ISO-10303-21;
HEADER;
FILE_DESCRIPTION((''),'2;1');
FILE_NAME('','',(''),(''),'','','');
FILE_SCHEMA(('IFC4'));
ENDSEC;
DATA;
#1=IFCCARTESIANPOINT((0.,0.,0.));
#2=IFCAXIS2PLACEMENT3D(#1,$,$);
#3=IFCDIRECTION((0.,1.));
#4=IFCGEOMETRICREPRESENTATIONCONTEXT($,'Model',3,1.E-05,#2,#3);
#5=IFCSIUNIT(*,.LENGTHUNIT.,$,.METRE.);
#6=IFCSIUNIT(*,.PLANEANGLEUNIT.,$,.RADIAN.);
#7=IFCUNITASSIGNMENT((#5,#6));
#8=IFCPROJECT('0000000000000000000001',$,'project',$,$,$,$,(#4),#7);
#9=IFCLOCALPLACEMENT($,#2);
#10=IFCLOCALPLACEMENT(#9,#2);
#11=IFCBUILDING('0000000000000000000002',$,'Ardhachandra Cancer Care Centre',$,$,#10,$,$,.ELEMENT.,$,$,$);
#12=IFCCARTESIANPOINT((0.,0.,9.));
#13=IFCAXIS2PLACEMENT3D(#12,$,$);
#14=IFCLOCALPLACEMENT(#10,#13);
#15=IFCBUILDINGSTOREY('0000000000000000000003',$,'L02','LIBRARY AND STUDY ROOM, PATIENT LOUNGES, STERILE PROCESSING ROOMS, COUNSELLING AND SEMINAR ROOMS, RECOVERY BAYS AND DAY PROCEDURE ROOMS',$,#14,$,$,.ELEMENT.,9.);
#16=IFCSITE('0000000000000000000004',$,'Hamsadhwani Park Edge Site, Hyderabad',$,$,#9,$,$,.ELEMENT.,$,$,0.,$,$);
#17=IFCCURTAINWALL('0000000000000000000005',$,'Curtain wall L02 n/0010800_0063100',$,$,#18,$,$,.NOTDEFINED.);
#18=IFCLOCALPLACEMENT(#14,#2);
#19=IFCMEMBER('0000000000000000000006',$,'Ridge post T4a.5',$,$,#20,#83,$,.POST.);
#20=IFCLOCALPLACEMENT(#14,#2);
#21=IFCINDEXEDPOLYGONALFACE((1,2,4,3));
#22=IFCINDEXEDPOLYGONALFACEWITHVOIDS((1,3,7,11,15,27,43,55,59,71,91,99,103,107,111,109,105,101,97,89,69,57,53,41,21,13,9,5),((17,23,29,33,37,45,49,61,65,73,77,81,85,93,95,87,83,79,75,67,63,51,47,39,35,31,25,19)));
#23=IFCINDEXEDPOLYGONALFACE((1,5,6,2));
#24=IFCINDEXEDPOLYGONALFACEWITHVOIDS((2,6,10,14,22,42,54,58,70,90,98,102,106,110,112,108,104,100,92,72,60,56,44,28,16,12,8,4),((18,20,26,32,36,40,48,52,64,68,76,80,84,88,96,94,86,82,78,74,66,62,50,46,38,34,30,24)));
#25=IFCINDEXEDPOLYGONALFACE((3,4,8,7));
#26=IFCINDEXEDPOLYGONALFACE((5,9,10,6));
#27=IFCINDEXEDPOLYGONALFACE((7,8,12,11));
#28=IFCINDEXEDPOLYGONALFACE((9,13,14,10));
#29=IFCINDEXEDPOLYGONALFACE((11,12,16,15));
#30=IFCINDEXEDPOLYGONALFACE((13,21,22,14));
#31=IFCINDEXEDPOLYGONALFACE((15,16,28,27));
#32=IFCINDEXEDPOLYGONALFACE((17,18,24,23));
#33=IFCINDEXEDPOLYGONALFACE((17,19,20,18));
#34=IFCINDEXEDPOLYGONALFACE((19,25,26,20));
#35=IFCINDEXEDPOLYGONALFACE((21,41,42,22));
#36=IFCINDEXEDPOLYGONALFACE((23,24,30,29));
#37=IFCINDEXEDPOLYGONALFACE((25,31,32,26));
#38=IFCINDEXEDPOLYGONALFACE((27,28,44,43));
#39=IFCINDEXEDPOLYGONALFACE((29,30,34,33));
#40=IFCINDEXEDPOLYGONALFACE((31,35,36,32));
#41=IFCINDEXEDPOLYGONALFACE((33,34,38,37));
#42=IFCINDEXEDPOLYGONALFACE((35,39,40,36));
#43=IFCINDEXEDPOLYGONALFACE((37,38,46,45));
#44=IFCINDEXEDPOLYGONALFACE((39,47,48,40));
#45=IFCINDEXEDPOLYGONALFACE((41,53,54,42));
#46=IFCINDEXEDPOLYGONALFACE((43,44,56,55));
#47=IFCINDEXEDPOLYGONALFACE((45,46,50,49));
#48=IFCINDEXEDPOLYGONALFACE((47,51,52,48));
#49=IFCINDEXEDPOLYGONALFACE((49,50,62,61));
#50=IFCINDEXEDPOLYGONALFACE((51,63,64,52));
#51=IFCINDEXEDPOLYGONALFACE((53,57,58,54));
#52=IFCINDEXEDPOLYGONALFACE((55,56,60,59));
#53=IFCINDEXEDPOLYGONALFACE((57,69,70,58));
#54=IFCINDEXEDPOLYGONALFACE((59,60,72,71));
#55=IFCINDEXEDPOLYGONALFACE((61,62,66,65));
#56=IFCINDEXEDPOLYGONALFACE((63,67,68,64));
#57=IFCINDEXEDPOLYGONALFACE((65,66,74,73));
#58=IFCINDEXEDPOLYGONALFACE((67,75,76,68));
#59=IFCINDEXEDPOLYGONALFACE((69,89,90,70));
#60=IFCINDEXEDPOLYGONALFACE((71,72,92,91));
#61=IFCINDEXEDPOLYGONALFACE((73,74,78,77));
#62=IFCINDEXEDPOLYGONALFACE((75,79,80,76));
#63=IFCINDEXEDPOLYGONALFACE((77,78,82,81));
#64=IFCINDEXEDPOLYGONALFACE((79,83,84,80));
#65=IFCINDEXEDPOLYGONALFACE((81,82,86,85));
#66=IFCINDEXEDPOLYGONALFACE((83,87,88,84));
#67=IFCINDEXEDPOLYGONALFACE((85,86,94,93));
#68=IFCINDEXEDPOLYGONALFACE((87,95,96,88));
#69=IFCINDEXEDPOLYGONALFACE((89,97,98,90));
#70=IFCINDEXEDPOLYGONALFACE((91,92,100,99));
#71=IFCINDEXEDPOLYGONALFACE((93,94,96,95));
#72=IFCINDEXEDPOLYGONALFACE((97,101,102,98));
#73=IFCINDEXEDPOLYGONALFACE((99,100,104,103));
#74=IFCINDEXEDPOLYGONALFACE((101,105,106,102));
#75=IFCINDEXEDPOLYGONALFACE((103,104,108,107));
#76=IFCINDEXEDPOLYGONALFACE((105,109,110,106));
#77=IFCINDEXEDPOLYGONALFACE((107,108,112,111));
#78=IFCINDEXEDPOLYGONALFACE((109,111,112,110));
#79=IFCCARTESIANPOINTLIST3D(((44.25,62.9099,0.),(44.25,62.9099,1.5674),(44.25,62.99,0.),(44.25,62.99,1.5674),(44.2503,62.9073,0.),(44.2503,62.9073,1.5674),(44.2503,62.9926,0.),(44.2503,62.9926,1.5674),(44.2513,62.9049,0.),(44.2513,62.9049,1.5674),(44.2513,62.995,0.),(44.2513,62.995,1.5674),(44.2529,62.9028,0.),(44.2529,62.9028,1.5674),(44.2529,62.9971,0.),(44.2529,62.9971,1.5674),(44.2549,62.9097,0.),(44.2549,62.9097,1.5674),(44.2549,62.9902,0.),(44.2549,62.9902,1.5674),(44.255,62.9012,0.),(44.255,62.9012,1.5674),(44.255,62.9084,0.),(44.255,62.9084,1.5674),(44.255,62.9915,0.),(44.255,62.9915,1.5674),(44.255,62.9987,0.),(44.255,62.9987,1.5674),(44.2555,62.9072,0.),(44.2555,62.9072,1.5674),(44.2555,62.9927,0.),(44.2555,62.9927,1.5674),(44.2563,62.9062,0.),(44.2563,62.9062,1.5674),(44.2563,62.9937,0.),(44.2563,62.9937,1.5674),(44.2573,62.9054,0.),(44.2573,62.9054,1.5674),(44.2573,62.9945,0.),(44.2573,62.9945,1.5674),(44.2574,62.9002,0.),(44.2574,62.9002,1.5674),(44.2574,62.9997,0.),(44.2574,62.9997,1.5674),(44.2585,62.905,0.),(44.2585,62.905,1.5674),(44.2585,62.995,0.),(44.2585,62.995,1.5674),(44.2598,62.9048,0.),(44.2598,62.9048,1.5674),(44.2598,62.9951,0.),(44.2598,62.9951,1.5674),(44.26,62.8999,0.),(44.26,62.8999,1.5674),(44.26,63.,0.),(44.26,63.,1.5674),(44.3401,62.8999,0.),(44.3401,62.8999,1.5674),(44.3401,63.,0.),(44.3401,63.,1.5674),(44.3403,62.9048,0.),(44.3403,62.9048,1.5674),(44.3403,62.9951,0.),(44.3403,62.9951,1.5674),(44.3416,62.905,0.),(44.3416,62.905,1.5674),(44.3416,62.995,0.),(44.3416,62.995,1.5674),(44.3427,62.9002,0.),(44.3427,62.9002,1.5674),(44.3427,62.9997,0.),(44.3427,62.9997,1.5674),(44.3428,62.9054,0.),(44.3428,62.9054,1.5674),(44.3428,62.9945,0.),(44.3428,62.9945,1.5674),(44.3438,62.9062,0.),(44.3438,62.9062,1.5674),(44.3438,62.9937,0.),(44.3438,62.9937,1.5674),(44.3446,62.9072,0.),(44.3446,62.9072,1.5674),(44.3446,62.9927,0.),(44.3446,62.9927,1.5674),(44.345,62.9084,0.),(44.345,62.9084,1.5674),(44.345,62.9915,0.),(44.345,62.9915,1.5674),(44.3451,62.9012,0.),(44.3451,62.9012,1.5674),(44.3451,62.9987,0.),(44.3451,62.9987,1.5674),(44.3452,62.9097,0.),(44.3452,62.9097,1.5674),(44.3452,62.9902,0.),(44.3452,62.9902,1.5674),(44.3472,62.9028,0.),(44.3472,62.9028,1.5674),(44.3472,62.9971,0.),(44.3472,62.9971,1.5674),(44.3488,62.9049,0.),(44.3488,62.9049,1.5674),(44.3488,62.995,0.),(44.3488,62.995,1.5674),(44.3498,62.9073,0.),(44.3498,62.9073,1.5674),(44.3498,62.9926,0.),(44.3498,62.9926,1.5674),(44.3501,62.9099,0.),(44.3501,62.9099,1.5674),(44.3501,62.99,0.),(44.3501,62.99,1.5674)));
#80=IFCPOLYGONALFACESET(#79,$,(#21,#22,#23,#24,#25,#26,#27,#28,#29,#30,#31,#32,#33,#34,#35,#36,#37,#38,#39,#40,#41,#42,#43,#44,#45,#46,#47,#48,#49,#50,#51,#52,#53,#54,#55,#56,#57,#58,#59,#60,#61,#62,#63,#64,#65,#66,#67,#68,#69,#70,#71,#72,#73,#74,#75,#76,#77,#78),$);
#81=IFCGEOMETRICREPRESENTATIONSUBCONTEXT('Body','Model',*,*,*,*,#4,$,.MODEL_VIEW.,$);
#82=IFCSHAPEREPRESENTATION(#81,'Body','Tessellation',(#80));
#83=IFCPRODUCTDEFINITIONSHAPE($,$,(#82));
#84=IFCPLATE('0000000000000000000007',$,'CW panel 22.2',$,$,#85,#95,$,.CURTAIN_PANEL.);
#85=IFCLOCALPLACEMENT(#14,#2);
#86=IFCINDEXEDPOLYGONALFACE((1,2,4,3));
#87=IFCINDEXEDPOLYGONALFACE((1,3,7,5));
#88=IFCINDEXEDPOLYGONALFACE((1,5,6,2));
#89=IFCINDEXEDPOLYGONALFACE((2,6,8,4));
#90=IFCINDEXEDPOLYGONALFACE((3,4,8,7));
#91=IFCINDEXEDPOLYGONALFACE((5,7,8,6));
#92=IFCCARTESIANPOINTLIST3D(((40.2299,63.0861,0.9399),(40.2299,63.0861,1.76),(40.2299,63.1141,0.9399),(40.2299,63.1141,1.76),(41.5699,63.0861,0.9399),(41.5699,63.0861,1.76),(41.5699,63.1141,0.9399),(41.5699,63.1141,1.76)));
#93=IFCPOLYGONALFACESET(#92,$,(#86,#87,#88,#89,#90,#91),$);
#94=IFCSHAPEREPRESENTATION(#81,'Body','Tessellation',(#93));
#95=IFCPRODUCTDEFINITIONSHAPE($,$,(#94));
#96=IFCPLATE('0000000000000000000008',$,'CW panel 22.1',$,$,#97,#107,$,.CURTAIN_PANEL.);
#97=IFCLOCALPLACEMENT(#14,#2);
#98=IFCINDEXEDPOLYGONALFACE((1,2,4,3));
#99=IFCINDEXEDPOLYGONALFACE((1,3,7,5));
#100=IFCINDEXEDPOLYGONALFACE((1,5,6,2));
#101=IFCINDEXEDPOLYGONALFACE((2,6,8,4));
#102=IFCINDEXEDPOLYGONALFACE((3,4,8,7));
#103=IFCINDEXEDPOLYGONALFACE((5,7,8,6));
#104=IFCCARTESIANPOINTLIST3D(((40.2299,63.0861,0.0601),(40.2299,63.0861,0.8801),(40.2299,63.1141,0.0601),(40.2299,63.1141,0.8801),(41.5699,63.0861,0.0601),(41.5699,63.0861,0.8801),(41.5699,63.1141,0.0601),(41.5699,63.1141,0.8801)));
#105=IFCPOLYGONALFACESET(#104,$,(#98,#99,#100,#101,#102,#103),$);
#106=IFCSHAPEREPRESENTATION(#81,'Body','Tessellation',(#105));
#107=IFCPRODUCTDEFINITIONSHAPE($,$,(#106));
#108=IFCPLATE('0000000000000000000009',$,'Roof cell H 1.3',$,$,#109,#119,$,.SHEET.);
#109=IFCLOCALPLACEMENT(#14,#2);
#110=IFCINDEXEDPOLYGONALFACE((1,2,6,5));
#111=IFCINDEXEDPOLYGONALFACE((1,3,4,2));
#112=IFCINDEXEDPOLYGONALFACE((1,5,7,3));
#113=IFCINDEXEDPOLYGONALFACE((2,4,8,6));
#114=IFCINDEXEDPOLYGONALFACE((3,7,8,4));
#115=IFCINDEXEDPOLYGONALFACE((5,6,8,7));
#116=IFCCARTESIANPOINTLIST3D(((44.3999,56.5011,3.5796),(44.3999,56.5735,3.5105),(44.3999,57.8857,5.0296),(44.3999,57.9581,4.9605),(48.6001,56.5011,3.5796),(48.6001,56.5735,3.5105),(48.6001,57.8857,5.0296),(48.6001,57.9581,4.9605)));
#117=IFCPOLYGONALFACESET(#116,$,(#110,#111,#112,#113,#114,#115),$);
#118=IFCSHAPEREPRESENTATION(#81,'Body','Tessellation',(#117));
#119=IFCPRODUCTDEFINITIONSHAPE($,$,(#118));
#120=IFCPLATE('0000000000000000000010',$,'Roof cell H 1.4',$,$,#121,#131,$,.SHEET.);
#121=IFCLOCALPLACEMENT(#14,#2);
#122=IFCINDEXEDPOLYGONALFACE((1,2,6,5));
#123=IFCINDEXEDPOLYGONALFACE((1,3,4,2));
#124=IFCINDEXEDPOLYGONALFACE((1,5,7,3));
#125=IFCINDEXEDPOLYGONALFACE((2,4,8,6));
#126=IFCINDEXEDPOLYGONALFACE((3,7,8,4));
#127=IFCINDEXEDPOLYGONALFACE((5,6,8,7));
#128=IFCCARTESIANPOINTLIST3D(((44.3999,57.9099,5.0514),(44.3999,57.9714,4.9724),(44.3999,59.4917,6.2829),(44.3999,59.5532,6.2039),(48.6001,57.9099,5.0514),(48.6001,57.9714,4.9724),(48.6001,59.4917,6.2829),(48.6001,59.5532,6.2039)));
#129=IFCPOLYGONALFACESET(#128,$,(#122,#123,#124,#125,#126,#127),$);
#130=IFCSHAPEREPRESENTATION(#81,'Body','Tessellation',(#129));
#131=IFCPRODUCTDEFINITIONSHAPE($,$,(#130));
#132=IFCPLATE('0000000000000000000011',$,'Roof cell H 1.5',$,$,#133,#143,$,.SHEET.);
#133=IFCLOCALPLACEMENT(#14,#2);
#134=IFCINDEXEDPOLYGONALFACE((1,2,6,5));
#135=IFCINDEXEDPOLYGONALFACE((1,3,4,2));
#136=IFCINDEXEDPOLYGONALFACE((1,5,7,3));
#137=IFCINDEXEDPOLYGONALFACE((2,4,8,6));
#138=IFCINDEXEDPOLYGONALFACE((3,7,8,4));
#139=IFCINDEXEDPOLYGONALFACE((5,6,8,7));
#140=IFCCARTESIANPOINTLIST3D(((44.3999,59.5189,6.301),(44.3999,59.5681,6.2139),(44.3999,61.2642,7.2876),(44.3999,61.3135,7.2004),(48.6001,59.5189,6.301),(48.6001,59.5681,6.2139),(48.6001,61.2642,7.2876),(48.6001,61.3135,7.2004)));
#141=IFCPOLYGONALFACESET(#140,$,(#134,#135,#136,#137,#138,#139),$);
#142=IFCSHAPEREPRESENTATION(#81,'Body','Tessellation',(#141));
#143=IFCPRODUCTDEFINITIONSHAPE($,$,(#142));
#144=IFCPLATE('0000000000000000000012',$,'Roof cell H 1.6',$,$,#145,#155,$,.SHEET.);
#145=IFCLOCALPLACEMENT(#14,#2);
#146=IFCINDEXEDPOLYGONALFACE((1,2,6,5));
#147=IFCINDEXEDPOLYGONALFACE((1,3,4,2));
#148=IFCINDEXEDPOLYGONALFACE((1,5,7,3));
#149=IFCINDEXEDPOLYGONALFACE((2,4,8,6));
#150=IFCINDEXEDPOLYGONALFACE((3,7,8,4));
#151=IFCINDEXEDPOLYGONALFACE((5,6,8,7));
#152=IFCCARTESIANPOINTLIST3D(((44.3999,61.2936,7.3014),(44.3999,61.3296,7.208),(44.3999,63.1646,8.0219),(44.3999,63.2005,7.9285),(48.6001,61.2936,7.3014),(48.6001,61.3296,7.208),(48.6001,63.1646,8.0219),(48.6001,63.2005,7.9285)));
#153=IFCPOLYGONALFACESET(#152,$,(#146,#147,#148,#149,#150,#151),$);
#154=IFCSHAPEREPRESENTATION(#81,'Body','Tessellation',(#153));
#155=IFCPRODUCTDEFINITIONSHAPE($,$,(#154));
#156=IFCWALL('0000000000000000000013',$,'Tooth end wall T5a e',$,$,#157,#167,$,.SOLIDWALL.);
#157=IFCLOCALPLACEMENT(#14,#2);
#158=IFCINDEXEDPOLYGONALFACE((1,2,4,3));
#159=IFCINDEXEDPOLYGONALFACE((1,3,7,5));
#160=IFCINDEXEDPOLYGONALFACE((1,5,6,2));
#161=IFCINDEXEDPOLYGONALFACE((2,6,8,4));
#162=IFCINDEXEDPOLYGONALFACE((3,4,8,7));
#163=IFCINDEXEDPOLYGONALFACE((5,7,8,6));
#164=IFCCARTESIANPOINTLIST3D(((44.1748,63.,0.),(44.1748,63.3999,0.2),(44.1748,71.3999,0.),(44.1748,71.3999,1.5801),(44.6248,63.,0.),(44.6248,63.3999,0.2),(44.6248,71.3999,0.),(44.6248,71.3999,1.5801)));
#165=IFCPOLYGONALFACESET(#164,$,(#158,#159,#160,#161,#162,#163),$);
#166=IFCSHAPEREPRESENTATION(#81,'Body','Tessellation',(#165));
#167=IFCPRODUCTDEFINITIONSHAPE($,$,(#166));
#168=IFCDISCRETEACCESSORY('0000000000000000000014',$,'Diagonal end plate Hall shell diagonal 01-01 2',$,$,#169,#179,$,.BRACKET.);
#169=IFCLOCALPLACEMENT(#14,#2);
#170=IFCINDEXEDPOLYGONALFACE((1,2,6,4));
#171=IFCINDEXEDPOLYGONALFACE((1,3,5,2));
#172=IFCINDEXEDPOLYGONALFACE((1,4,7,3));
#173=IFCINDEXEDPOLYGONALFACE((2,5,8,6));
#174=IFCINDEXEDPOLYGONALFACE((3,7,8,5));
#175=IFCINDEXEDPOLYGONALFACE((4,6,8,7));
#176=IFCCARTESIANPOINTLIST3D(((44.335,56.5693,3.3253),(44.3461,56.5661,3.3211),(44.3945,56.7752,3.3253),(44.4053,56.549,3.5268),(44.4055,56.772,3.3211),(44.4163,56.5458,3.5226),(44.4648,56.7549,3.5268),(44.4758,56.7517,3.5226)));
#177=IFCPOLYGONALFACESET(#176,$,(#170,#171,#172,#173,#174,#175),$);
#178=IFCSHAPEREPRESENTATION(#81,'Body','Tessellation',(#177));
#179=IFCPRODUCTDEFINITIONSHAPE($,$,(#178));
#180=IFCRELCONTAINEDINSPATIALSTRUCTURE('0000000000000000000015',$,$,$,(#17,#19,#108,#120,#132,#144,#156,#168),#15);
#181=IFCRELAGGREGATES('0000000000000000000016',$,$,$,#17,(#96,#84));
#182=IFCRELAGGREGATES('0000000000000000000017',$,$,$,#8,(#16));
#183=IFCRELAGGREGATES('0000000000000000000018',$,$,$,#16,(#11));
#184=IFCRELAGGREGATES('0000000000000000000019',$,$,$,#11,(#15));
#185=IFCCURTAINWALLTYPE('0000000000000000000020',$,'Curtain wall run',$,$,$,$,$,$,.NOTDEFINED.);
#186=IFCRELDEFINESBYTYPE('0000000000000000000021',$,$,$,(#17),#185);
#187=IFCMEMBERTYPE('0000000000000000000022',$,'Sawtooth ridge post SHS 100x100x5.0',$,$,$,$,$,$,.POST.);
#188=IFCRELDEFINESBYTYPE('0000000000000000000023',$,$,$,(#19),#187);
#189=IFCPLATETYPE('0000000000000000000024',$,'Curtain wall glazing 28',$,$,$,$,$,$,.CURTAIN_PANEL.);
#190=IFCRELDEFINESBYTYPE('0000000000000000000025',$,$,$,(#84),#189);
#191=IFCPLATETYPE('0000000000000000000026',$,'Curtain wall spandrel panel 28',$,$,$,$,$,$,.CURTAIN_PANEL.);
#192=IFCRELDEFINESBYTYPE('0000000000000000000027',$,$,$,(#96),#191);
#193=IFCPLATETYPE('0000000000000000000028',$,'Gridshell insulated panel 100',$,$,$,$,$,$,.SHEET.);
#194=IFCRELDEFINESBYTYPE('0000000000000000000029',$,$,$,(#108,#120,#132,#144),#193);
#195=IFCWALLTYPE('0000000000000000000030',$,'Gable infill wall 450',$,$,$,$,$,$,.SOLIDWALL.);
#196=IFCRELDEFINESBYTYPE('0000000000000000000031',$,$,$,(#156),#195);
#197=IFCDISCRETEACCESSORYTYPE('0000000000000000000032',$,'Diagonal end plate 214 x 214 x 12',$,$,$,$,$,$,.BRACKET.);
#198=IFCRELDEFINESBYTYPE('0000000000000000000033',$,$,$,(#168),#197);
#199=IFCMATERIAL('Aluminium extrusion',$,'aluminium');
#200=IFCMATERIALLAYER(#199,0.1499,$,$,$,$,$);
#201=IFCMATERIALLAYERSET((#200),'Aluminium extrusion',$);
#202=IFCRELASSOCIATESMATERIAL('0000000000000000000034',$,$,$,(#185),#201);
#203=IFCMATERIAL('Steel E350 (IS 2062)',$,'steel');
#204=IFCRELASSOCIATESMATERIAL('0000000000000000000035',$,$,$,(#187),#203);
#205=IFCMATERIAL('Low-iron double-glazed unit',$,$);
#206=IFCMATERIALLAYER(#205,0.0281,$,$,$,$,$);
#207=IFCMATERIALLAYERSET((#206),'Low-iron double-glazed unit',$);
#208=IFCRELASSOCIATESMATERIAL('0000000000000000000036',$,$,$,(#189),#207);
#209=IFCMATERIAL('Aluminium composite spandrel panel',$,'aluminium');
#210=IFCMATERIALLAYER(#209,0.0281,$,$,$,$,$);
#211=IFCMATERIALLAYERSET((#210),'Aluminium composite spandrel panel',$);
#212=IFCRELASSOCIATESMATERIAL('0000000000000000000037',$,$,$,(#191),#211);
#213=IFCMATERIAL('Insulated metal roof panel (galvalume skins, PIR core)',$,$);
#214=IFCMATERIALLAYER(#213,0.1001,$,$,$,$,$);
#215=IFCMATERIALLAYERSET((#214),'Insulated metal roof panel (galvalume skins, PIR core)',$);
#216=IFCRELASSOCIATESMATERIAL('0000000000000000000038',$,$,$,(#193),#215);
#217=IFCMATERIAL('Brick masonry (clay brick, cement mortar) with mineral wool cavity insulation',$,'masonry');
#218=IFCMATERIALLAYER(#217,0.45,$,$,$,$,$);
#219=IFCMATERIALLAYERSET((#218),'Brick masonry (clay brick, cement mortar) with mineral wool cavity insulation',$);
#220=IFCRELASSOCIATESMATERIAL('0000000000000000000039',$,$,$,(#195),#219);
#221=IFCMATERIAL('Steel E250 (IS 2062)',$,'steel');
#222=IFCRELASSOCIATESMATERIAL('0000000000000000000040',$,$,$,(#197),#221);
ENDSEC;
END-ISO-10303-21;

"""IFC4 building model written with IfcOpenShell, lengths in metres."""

from ifc_helpers import new_model, si_unit, direction, frame, origin, origin_2d, place, context, subcontext, project, spatial, polyline, rectangle, hollow_rectangle, outline, extrude, material, layer, layer_set, material_profile, profile_set, type_object, element, aggregate, save


model = new_model("IFC4")

# Units and contexts
model_context = context("Model", 3, precision=1e-05, world=origin(), true_north=direction((0.0, 1.0)))
body_context = subcontext(model_context, "Body", "Model", "MODEL_VIEW")
ifc_project = project(units=[si_unit("LENGTHUNIT", "METRE"), si_unit("PLANEANGLEUNIT", "RADIAN")], contexts=[model_context])

# Site, building, storey
site_placement = place(None, origin())
site = spatial("IfcSite", under=ifc_project, at=site_placement, Name="Hamsadhwani Park Edge Site, Hyderabad", CompositionType="ELEMENT", RefElevation=0.0)
building_placement = place(site_placement, origin())
building = spatial("IfcBuilding", under=site, at=building_placement, Name="Ardhachandra Cancer Care Centre", CompositionType="ELEMENT")
storey_placement = place(building_placement, frame((0.0, 0.0, 9.0)))
storey = spatial("IfcBuildingStorey", under=building, at=storey_placement, Name="L02", Description="LIBRARY AND STUDY ROOM, PATIENT LOUNGES, STERILE PROCESSING ROOMS, COUNSELLING AND SEMINAR ROOMS, RECOVERY BAYS AND DAY PROCEDURE ROOMS", CompositionType="ELEMENT", Elevation=9.0)

# Curtain wall
ifc_material_1 = material(Name="Aluminium extrusion", Category="aluminium")
ifc_layer_1 = layer(ifc_material_1, 0.1499)
ifc_layer_set_1 = layer_set([ifc_layer_1], Name="Aluminium extrusion")
curtain_wall_type = type_object("IfcCurtainWallType", Name="Curtain wall run", PredefinedType="NOTDEFINED", material=ifc_layer_set_1)
curtain_wall_placement = place(storey_placement, origin())
curtain_wall = element("IfcCurtainWall", 1, at=curtain_wall_placement, inside=storey, type_object=curtain_wall_type, Name="Curtain wall L02 n/0010800_0063100", PredefinedType="NOTDEFINED")

# Member
ifc_material_2 = material(Name="Steel E350 (IS 2062)", Category="steel")
ifc_material_profile_1 = material_profile(ifc_material_2, hollow_rectangle(XDim=0.1001, YDim=0.1001, WallThickness=0.0049, InnerFilletRadius=0.0049, OuterFilletRadius=0.01, at=origin_2d()), Name="SHS 100x100x5.0")
ifc_profile_set_1 = profile_set([ifc_material_profile_1], Name="Steel E350 (IS 2062)")
member_type_1 = type_object("IfcMemberType", Name="Sawtooth ridge post SHS 100x100x5.0", PredefinedType="POST", material=ifc_profile_set_1)
member_1_placement = place(storey_placement, frame((44.3, 62.95, 0.0), z_axis=(0.0, 0.0, 1.0), x_axis=(1.0, 0.0, 0.0)))
element("IfcMember", 2, at=member_1_placement, inside=storey, type_object=member_type_1, Name="Ridge post T4a.5", PredefinedType="POST", context=body_context, shape_type="SweptSolid", body=[
    extrude(hollow_rectangle(XDim=0.1001, YDim=0.1001, WallThickness=0.0049, InnerFilletRadius=0.0049, OuterFilletRadius=0.01, at=origin_2d()), origin(), (0.0, 0.0, 1.0), 1.5674),
])

# Plates
ifc_material_3 = material(Name="Low-iron double-glazed unit")
ifc_layer_2 = layer(ifc_material_3, 0.0281)
ifc_layer_set_2 = layer_set([ifc_layer_2], Name="Low-iron double-glazed unit")
plate_type_1 = type_object("IfcPlateType", Name="Curtain wall glazing 28", PredefinedType="CURTAIN_PANEL", material=ifc_layer_set_2)
plate_1_placement = place(storey_placement, frame((40.8999, 63.1001, 0.9399), z_axis=(0.0, 0.0, 1.0), x_axis=(1.0, 0.0, 0.0)))
plate_1 = element("IfcPlate", 3, at=plate_1_placement, type_object=plate_type_1, Name="CW panel 22.2", PredefinedType="CURTAIN_PANEL", context=body_context, shape_type="SweptSolid", body=[
    extrude(rectangle(XDim=1.3401, YDim=0.0281, at=origin_2d()), origin(), (0.0, 0.0, 1.0), 0.8201),
])
ifc_material_4 = material(Name="Aluminium composite spandrel panel", Category="aluminium")
ifc_layer_3 = layer(ifc_material_4, 0.0281)
ifc_layer_set_3 = layer_set([ifc_layer_3], Name="Aluminium composite spandrel panel")
plate_type_2 = type_object("IfcPlateType", Name="Curtain wall spandrel panel 28", PredefinedType="CURTAIN_PANEL", material=ifc_layer_set_3)
plate_2_placement = place(storey_placement, frame((40.8999, 63.1001, 0.0601), z_axis=(0.0, 0.0, 1.0), x_axis=(1.0, 0.0, 0.0)))
plate_2 = element("IfcPlate", 4, at=plate_2_placement, type_object=plate_type_2, Name="CW panel 22.1", PredefinedType="CURTAIN_PANEL", context=body_context, shape_type="SweptSolid", body=[
    extrude(rectangle(XDim=1.3401, YDim=0.0281, at=origin_2d()), origin(), (0.0, 0.0, 1.0), 0.8201),
])
aggregate(curtain_wall, [plate_2, plate_1])

# Plates
ifc_material_5 = material(Name="Insulated metal roof panel (galvalume skins, PIR core)")
ifc_layer_4 = layer(ifc_material_5, 0.1001)
ifc_layer_set_4 = layer_set([ifc_layer_4], Name="Insulated metal roof panel (galvalume skins, PIR core)")
plate_type_3 = type_object("IfcPlateType", Name="Gridshell insulated panel 100", PredefinedType="SHEET", material=ifc_layer_set_4)
plate_3_placement = place(storey_placement, frame((44.3999, 56.5735, 3.5105), z_axis=(0.0, -0.723237, 0.6906), x_axis=(1.0, 0.0, 0.0)))
element("IfcPlate", 5, at=plate_3_placement, inside=storey, type_object=plate_type_3, Name="Roof cell H 1.3", PredefinedType="SHEET", context=body_context, shape_type="SweptSolid", body=[
    extrude(outline(polyline([(0.0, 0.0), (4.2002, 0.0), (4.2002, 2.0049), (0.0, 2.0049), (0.0, 0.0)])), origin(), (0.0, 0.0, 1.0), 0.1001),
])
plate_4_placement = place(storey_placement, frame((44.3999, 57.9714, 4.9724), z_axis=(0.0, -0.614303, 0.78907), x_axis=(1.0, 0.0, 0.0)))
element("IfcPlate", 6, at=plate_4_placement, inside=storey, type_object=plate_type_3, Name="Roof cell H 1.4", PredefinedType="SHEET", context=body_context, shape_type="SweptSolid", body=[
    extrude(outline(polyline([(0.0, 0.0), (4.2002, 0.0), (4.2002, 2.0046), (0.0, 2.0046), (0.0, 0.0)])), origin(), (0.0, 0.0, 1.0), 0.1001),
])
for number, where, z_axis, x_axis, name in (
    (7, (44.3999, 59.5681, 6.2139), (0.0, -0.492081, 0.870549), (1.0, 0.0, 0.0), "Roof cell H 1.5"),
    (8, (44.3999, 61.3296, 7.208), (0.0, -0.359371, 0.933195), (1.0, 0.0, 0.0), "Roof cell H 1.6"),
):
    element("IfcPlate", number, at=place(storey_placement, frame(where, z_axis=z_axis, x_axis=x_axis)), inside=storey, type_object=plate_type_3, Name=name, PredefinedType="SHEET", context=body_context, shape_type="SweptSolid", body=[
        extrude(outline(polyline([(0.0, 0.0), (4.2002, 0.0), (4.2002, 2.0049), (0.0, 2.0049), (0.0, 0.0)])), origin(), (0.0, 0.0, 1.0), 0.1001),
    ])

# Wall
ifc_material_6 = material(Name="Brick masonry (clay brick, cement mortar) with mineral wool cavity insulation", Category="masonry")
ifc_layer_5 = layer(ifc_material_6, 0.45)
ifc_layer_set_5 = layer_set([ifc_layer_5], Name="Brick masonry (clay brick, cement mortar) with mineral wool cavity insulation")
wall_type = type_object("IfcWallType", Name="Gable infill wall 450", PredefinedType="SOLIDWALL", material=ifc_layer_set_5)
wall_placement = place(storey_placement, frame((44.3999, 63.0, 0.0), z_axis=(0.0, 0.0, 1.0), x_axis=(0.0, 1.0, 0.0)))
element("IfcWall", 9, at=wall_placement, inside=storey, type_object=wall_type, Name="Tooth end wall T5a e", PredefinedType="SOLIDWALL", context=body_context, shape_type="SweptSolid", body=[
    extrude(outline(polyline([(0.0, 0.0), (8.3999, 0.0), (8.3999, 1.5801), (0.3999, 0.2), (0.0, 0.0)])), frame((0.0, 0.2251, 0.0), z_axis=(0.0, -1.0, 0.0), x_axis=(1.0, 0.0, 0.0)), (0.0, 0.0, 1.0), 0.45),
])

# Discrete accessory
ifc_material_7 = material(Name="Steel E250 (IS 2062)", Category="steel")
ifc_material_profile_2 = material_profile(ifc_material_7, rectangle(XDim=0.2144, YDim=0.2144, at=origin_2d()), Name="PL 214x214x12")
ifc_profile_set_2 = profile_set([ifc_material_profile_2], Name="Steel E250 (IS 2062)")
discrete_accessory_type_1 = type_object("IfcDiscreteAccessoryType", Name="Diagonal end plate 214 x 214 x 12", PredefinedType="BRACKET", material=ifc_profile_set_2)
discrete_accessory_1_placement = place(storey_placement, frame((44.3999, 56.6621, 3.426), z_axis=(0.903076, -0.260889, -0.341162), x_axis=(0.27754, 0.960714, 0.0)))
element("IfcDiscreteAccessory", 10, at=discrete_accessory_1_placement, inside=storey, type_object=discrete_accessory_type_1, Name="Diagonal end plate Hall shell diagonal 01-01 2", PredefinedType="BRACKET", context=body_context, shape_type="SweptSolid", body=[
    extrude(rectangle(XDim=0.2144, YDim=0.2144, at=origin_2d()), origin(), (0.0, 0.0, 1.0), 0.0122),
])

save(model, "model.ifc")
